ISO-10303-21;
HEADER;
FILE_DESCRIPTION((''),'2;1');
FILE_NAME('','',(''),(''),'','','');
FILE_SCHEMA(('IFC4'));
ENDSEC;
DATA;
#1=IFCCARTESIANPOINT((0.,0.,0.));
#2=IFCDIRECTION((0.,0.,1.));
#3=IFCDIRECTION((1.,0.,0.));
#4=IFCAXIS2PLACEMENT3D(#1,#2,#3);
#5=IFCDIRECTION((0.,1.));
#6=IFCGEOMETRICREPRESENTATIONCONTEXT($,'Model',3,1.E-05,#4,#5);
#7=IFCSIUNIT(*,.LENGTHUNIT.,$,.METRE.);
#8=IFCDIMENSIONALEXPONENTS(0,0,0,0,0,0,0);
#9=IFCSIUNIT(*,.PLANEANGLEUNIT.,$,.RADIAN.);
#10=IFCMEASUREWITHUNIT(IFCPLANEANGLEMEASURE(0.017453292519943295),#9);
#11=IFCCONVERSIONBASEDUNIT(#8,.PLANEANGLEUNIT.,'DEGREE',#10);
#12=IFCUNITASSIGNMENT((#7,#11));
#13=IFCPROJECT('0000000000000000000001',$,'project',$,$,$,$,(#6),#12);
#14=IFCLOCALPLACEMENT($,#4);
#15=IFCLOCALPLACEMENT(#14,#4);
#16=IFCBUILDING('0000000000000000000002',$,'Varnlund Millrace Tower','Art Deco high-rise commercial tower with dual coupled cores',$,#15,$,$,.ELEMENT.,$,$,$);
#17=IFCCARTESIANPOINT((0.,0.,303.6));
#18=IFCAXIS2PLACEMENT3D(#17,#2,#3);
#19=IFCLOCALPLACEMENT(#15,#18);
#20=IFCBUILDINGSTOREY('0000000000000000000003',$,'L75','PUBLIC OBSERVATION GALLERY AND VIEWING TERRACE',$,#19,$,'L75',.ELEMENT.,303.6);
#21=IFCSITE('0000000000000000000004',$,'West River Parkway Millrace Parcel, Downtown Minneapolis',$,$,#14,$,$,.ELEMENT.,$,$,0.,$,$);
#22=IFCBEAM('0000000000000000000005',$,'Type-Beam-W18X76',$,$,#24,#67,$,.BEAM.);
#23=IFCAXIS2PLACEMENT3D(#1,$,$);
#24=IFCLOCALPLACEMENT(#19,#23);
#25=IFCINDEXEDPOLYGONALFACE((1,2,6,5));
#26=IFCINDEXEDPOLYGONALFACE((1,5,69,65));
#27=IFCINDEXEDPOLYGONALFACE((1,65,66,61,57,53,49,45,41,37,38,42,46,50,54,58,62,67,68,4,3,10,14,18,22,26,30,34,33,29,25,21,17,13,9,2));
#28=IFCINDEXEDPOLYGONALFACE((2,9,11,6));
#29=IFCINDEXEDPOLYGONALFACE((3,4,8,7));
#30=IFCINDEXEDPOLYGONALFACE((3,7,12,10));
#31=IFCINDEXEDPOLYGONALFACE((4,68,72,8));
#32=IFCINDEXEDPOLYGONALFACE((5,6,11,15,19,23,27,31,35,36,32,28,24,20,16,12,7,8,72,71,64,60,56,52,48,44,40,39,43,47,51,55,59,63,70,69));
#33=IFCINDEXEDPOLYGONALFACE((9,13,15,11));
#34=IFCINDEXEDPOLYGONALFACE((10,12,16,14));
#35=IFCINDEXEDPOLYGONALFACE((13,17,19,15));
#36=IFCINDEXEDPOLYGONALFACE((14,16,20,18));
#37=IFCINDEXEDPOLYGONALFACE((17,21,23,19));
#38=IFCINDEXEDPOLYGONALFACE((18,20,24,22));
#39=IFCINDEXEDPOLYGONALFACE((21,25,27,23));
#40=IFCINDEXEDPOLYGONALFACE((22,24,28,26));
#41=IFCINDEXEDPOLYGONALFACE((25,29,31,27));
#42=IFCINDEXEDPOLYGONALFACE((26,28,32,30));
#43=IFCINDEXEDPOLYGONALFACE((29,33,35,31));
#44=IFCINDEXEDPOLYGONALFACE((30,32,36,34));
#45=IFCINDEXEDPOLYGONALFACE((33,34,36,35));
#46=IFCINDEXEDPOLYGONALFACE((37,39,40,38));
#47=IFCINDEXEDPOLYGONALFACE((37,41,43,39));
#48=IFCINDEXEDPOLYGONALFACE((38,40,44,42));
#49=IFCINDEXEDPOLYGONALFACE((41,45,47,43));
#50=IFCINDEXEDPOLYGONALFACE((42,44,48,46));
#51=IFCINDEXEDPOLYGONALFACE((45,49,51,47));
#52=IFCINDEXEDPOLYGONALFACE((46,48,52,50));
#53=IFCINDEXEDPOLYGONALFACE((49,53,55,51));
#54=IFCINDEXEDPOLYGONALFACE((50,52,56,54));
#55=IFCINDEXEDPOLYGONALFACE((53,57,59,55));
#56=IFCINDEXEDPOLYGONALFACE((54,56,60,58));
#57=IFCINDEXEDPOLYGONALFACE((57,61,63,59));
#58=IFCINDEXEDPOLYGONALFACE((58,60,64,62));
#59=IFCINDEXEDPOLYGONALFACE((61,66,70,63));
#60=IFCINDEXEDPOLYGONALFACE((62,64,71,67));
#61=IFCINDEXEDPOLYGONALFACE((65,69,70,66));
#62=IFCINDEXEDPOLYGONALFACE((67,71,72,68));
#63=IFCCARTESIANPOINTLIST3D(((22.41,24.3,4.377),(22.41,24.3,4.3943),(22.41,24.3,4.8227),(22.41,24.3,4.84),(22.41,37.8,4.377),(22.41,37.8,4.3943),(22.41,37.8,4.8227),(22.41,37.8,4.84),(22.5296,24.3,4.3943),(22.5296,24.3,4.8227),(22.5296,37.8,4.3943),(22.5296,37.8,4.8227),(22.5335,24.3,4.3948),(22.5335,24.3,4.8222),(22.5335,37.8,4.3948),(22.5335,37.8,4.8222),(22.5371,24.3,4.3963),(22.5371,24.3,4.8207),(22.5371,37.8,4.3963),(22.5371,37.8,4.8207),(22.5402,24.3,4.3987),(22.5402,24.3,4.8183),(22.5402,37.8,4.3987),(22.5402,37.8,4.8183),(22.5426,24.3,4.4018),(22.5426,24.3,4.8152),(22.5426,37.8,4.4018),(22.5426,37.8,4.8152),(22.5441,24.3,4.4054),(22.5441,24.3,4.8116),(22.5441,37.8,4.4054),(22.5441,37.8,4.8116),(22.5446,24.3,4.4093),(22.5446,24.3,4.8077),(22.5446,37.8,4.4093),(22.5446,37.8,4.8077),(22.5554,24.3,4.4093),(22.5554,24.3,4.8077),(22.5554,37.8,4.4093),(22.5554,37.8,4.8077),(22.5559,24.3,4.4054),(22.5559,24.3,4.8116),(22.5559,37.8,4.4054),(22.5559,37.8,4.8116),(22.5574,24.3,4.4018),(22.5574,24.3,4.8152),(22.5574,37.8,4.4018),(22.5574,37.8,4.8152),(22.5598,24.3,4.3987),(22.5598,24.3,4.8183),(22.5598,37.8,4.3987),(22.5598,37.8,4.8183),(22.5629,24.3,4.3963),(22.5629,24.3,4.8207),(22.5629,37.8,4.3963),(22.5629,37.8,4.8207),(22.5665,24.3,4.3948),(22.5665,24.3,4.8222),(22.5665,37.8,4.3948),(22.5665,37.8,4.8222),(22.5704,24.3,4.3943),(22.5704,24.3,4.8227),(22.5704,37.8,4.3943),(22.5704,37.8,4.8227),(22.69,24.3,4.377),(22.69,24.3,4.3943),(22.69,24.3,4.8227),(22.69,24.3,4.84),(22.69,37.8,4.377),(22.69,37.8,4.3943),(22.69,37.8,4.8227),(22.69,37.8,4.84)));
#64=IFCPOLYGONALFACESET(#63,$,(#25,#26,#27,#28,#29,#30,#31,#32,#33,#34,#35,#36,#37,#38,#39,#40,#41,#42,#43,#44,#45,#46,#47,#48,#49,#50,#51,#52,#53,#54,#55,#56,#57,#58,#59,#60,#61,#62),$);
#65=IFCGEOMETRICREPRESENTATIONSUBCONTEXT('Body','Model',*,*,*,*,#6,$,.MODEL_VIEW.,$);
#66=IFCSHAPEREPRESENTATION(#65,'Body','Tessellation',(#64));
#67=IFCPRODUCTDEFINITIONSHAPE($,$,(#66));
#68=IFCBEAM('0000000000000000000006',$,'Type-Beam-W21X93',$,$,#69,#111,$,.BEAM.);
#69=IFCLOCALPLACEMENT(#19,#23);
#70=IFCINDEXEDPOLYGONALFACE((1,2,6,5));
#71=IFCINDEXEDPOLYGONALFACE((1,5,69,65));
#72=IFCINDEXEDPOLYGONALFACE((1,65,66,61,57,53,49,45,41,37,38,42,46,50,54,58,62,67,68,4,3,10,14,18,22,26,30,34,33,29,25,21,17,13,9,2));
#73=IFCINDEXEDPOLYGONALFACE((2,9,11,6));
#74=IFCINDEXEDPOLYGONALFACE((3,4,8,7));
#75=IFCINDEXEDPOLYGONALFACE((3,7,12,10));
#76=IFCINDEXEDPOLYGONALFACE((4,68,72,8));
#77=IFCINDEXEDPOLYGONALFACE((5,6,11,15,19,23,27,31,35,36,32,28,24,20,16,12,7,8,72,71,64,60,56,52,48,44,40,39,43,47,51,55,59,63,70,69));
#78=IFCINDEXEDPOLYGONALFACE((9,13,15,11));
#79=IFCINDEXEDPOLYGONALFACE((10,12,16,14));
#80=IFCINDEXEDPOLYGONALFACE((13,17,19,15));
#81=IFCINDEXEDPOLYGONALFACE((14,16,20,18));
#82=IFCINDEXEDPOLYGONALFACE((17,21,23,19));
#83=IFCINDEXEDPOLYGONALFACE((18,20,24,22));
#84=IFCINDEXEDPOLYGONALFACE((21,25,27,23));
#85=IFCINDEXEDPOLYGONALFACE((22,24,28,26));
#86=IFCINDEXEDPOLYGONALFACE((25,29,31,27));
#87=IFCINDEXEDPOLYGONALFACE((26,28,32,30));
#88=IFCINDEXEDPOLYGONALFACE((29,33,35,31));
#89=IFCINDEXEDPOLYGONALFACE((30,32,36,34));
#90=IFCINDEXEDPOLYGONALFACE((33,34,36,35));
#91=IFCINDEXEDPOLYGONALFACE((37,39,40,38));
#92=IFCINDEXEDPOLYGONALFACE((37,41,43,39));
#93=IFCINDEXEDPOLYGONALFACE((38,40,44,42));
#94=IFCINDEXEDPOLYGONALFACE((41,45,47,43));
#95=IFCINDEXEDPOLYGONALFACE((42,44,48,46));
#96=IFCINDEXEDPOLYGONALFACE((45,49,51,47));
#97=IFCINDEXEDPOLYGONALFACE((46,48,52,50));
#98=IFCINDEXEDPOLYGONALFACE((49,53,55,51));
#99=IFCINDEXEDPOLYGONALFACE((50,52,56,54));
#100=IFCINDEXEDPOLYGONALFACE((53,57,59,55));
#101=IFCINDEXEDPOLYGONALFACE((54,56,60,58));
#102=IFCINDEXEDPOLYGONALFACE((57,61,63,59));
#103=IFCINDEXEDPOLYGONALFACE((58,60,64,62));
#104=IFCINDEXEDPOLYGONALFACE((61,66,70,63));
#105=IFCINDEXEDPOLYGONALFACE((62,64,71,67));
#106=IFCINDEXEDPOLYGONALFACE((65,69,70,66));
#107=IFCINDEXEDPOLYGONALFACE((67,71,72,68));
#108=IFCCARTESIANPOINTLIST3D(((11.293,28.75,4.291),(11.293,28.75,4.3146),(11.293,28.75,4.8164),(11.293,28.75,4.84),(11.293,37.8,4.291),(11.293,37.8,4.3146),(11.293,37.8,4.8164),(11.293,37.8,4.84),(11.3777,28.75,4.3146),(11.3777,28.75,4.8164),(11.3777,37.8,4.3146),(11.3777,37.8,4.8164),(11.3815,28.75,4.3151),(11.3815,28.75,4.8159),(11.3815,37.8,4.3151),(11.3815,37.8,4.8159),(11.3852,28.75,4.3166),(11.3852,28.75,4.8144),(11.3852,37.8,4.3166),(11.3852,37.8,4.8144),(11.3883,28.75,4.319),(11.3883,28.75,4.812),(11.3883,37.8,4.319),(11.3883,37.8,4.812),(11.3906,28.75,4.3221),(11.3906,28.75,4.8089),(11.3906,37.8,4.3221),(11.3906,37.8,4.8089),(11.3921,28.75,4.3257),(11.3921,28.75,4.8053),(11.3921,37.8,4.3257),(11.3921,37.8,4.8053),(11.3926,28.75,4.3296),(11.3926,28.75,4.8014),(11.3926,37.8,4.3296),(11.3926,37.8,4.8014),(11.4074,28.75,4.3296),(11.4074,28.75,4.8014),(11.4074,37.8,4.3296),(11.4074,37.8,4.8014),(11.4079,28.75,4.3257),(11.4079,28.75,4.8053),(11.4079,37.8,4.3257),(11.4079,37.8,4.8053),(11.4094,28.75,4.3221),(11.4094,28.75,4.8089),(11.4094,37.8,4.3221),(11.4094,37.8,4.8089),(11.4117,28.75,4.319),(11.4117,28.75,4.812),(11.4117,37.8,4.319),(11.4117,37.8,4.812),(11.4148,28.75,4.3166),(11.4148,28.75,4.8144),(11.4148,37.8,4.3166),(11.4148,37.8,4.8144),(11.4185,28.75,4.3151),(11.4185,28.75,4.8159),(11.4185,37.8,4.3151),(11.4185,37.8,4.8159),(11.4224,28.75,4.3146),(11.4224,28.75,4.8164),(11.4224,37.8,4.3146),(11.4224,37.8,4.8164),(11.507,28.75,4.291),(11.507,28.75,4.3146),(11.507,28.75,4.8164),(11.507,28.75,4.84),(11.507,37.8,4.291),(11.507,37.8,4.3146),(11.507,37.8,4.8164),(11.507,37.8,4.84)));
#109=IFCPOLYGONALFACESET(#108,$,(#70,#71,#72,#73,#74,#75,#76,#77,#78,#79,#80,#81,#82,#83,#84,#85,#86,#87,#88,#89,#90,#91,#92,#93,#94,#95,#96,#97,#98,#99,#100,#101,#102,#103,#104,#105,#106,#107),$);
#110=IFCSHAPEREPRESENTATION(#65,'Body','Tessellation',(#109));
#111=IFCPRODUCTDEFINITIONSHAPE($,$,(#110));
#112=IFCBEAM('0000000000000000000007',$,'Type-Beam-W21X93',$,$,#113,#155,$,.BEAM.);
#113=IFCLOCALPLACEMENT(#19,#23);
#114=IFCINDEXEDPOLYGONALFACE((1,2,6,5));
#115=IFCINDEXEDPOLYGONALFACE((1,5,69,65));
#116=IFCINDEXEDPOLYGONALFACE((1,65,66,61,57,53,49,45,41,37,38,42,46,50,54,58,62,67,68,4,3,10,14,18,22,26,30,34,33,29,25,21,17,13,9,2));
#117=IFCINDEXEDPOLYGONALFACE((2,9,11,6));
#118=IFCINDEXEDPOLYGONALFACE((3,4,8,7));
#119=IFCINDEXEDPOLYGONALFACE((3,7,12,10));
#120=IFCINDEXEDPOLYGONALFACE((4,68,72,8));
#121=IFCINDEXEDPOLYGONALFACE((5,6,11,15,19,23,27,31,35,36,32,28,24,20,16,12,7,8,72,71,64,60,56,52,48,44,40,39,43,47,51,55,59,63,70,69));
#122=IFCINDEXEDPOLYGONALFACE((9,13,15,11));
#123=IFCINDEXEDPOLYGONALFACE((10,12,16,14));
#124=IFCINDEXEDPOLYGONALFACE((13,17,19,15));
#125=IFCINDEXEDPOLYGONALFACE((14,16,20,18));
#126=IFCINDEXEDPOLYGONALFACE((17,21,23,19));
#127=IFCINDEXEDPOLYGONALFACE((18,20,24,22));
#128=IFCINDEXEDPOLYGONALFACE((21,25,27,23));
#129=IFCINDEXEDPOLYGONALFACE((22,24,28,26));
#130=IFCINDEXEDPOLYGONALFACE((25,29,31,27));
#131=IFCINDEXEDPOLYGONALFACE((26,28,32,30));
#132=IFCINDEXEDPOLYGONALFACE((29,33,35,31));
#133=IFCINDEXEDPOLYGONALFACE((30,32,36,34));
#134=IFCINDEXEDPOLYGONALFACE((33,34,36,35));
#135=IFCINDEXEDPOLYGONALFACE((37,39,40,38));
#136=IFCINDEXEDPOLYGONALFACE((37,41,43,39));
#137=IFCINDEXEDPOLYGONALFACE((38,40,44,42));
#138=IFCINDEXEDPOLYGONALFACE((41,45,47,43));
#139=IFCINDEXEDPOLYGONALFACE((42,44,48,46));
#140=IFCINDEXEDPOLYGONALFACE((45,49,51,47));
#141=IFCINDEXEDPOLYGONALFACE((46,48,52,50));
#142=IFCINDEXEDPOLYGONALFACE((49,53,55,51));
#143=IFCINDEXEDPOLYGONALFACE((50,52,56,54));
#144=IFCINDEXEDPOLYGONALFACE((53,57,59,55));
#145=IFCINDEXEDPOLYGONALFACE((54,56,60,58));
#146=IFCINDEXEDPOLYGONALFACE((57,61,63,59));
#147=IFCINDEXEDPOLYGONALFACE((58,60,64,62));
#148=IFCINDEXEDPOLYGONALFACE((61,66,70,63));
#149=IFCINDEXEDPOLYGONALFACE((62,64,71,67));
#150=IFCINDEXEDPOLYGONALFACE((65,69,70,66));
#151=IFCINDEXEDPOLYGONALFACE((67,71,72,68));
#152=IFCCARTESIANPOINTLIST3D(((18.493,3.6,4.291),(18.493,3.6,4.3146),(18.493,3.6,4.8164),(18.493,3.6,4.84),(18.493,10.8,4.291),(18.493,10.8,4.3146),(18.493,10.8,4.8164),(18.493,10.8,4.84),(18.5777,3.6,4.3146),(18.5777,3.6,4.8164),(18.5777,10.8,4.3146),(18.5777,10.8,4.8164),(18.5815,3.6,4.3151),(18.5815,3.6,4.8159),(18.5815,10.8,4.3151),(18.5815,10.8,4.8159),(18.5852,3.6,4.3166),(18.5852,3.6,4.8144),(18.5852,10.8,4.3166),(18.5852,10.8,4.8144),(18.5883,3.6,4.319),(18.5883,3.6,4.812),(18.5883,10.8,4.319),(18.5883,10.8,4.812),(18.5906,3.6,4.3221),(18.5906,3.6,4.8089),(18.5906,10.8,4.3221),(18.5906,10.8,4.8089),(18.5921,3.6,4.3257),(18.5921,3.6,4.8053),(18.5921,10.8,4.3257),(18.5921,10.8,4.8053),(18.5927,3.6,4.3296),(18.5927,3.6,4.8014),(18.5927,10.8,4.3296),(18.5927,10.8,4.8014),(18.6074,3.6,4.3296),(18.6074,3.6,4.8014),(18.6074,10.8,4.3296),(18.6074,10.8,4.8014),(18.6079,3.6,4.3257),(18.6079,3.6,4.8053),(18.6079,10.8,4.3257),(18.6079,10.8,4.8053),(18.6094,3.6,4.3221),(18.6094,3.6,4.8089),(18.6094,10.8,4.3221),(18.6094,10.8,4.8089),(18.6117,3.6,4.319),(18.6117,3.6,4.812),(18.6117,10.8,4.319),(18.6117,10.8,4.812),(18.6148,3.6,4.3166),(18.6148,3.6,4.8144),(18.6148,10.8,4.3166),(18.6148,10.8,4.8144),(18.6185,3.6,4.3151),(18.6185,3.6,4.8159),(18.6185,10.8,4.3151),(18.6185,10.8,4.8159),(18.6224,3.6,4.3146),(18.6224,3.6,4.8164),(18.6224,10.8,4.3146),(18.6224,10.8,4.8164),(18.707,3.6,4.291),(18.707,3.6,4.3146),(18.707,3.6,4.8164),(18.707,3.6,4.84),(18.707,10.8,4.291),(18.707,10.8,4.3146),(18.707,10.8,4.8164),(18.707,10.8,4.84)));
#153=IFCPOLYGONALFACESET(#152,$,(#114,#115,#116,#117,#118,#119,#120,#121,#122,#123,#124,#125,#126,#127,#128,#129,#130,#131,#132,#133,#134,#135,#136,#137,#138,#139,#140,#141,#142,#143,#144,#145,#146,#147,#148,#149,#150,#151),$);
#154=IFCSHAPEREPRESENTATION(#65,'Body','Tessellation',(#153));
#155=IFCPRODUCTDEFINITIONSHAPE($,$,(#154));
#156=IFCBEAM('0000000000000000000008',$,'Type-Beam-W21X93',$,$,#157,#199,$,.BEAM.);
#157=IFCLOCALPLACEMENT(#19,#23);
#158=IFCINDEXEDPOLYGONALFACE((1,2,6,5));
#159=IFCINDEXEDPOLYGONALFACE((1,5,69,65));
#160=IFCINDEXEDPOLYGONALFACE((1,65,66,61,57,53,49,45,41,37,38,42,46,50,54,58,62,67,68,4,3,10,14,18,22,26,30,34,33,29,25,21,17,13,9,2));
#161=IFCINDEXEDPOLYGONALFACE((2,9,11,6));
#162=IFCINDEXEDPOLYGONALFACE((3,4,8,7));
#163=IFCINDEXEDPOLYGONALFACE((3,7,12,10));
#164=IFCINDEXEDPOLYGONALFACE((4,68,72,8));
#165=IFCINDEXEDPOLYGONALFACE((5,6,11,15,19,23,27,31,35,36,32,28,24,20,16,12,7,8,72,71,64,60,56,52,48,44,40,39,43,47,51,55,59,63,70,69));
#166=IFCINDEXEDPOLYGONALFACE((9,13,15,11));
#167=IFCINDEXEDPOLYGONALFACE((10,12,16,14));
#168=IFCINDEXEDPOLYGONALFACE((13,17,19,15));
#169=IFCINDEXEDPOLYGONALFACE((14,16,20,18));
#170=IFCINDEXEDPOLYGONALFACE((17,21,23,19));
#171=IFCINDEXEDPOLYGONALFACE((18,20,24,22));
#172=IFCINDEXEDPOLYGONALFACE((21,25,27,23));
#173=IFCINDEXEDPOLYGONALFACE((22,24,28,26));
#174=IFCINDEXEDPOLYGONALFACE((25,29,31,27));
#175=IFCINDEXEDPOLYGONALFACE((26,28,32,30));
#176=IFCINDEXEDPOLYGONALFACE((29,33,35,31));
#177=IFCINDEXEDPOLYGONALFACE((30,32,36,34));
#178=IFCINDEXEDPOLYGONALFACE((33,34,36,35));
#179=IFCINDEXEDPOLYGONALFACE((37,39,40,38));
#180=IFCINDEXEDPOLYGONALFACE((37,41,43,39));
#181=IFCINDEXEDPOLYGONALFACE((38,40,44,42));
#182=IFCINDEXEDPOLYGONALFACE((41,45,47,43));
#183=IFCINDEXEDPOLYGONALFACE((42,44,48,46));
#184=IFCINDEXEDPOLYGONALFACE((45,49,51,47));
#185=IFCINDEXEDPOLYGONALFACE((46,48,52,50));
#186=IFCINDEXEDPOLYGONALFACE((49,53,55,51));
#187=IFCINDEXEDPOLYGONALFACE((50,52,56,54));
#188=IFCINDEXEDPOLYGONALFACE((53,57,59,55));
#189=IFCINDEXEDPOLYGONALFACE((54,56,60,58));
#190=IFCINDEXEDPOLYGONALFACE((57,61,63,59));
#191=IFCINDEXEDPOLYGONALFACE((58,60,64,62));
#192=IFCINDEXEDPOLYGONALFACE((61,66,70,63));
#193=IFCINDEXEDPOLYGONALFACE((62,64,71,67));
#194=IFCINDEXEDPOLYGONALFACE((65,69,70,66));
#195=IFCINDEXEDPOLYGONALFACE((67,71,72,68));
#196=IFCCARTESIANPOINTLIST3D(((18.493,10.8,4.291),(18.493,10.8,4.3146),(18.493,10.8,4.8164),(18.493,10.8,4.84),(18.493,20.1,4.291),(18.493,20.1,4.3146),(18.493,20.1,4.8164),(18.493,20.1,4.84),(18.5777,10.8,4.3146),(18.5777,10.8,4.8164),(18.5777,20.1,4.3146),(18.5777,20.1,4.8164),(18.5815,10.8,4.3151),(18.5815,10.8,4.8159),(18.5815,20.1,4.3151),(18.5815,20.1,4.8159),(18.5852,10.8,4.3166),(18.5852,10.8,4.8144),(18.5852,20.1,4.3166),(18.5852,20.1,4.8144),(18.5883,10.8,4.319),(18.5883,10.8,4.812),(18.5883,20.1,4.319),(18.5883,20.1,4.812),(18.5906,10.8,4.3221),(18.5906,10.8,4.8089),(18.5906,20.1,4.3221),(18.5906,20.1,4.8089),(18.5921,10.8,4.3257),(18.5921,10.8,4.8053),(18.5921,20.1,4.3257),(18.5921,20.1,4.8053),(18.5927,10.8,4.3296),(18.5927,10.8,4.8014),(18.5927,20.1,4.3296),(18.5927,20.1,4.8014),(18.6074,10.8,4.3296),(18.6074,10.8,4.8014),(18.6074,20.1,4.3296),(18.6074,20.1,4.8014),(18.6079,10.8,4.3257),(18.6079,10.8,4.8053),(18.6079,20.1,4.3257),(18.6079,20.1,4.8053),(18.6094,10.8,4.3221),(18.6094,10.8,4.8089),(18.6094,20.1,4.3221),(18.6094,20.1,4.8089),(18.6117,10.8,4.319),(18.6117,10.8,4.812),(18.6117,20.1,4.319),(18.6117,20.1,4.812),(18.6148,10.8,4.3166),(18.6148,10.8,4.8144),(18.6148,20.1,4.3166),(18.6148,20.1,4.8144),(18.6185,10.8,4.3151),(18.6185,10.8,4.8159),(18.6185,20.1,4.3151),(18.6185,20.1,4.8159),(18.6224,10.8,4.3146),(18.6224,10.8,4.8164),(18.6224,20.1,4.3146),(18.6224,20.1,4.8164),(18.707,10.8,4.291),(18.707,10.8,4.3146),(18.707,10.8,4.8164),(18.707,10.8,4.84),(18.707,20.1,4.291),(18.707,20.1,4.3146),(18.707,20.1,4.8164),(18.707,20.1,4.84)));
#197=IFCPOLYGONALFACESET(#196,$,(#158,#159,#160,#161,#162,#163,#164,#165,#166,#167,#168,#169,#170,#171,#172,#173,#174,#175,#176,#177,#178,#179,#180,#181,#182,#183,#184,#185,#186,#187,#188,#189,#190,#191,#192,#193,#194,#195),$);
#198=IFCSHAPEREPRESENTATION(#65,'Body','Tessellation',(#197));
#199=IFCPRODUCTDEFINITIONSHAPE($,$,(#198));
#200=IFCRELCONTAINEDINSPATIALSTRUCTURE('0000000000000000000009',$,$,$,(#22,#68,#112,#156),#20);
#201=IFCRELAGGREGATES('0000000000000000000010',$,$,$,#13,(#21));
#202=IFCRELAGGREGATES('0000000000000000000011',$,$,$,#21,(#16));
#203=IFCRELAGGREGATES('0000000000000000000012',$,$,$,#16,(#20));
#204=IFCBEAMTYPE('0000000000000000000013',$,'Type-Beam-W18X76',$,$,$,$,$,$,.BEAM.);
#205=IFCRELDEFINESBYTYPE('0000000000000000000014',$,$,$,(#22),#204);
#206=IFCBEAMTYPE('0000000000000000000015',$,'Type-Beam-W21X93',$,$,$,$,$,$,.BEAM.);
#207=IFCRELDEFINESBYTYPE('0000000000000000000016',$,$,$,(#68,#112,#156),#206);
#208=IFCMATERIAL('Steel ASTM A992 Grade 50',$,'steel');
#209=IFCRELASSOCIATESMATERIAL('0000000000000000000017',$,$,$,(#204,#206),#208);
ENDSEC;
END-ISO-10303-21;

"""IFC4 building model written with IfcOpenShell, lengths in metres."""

from ifc_helpers import new_model, entity, si_unit, converted_unit, direction, frame, origin_with_axes, origin_2d_with_axis, place, context, subcontext, project, spatial, i_section, extrude, material, material_profile, profile_set, type_object, element, save


model = new_model("IFC4")

# Units and contexts
model_context = context("Model", 3, precision=1e-05, world=origin_with_axes(), true_north=direction((0.0, 1.0)))
body_context = subcontext(model_context, "Body", "Model", "MODEL_VIEW")
ifc_project = project(units=[si_unit("LENGTHUNIT", "METRE"), converted_unit("PLANEANGLEUNIT", "DEGREE", entity("IfcPlaneAngleMeasure", 0.017453292519943295), si_unit("PLANEANGLEUNIT", "RADIAN"), dimensions=[0, 0, 0, 0, 0, 0, 0])], contexts=[model_context])

# Site, building, storey
site_placement = place(None, origin_with_axes())
site = spatial("IfcSite", under=ifc_project, at=site_placement, Name="West River Parkway Millrace Parcel, Downtown Minneapolis", CompositionType="ELEMENT", RefElevation=0.0)
building_placement = place(site_placement, origin_with_axes())
building = spatial("IfcBuilding", under=site, at=building_placement, Name="Varnlund Millrace Tower", Description="Art Deco high-rise commercial tower with dual coupled cores", CompositionType="ELEMENT")
storey_placement = place(building_placement, frame((0.0, 0.0, 303.6), z_axis=(0.0, 0.0, 1.0), x_axis=(1.0, 0.0, 0.0)))
storey = spatial("IfcBuildingStorey", under=building, at=storey_placement, Name="L75", Description="PUBLIC OBSERVATION GALLERY AND VIEWING TERRACE", LongName="L75", CompositionType="ELEMENT", Elevation=303.6)

# Beams
ifc_material_1 = material(Name="Steel ASTM A992 Grade 50", Category="steel")
ifc_material_profile_1 = material_profile(ifc_material_1, i_section(OverallWidth=0.28, OverallDepth=0.463, WebThickness=0.0108, FlangeThickness=0.0173, FilletRadius=0.015, at=origin_2d_with_axis()), Name="Steel ASTM A992 Grade 50")
ifc_profile_set_1 = profile_set([ifc_material_profile_1], Name="Steel ASTM A992 Grade 50")
beam_type_1 = type_object("IfcBeamType", Name="Type-Beam-W18X76", PredefinedType="BEAM", material=ifc_profile_set_1)
beam_1_placement = place(storey_placement, frame((22.55, 24.3, 4.6085), z_axis=(0.0, 1.0, 0.0), x_axis=(-1.0, 0.0, 0.0)))
element("IfcBeam", 1, at=beam_1_placement, inside=storey, type_object=beam_type_1, Name="Type-Beam-W18X76", PredefinedType="BEAM", context=body_context, shape_type="SweptSolid", body=[
    extrude(i_section(OverallWidth=0.28, OverallDepth=0.463, WebThickness=0.0108, FlangeThickness=0.0173, FilletRadius=0.015, at=origin_2d_with_axis()), origin_with_axes(), (0.0, 0.0, 1.0), 13.5),
])
ifc_material_profile_2 = material_profile(ifc_material_1, i_section(OverallWidth=0.214, OverallDepth=0.549, WebThickness=0.0147, FlangeThickness=0.0236, FilletRadius=0.015, at=origin_2d_with_axis()), Name="Steel ASTM A992 Grade 50")
ifc_profile_set_2 = profile_set([ifc_material_profile_2], Name="Steel ASTM A992 Grade 50")
beam_type_2 = type_object("IfcBeamType", Name="Type-Beam-W21X93", PredefinedType="BEAM", material=ifc_profile_set_2)
beam_2_placement = place(storey_placement, frame((11.4, 28.75, 4.5655), z_axis=(0.0, 1.0, 0.0), x_axis=(-1.0, 0.0, 0.0)))
element("IfcBeam", 2, at=beam_2_placement, inside=storey, type_object=beam_type_2, Name="Type-Beam-W21X93", PredefinedType="BEAM", context=body_context, shape_type="SweptSolid", body=[
    extrude(i_section(OverallWidth=0.214, OverallDepth=0.549, WebThickness=0.0147, FlangeThickness=0.0236, FilletRadius=0.015, at=origin_2d_with_axis()), origin_with_axes(), (0.0, 0.0, 1.0), 9.05),
])
beam_3_placement = place(storey_placement, frame((18.6, 3.6, 4.5655), z_axis=(0.0, 1.0, 0.0), x_axis=(-1.0, 0.0, 0.0)))
element("IfcBeam", 3, at=beam_3_placement, inside=storey, type_object=beam_type_2, Name="Type-Beam-W21X93", PredefinedType="BEAM", context=body_context, shape_type="SweptSolid", body=[
    extrude(i_section(OverallWidth=0.214, OverallDepth=0.549, WebThickness=0.0147, FlangeThickness=0.0236, FilletRadius=0.015, at=origin_2d_with_axis()), origin_with_axes(), (0.0, 0.0, 1.0), 7.2),
])
beam_4_placement = place(storey_placement, frame((18.6, 10.8, 4.5655), z_axis=(0.0, 1.0, 0.0), x_axis=(-1.0, 0.0, 0.0)))
element("IfcBeam", 4, at=beam_4_placement, inside=storey, type_object=beam_type_2, Name="Type-Beam-W21X93", PredefinedType="BEAM", context=body_context, shape_type="SweptSolid", body=[
    extrude(i_section(OverallWidth=0.214, OverallDepth=0.549, WebThickness=0.0147, FlangeThickness=0.0236, FilletRadius=0.015, at=origin_2d_with_axis()), origin_with_axes(), (0.0, 0.0, 1.0), 9.3),
])

save(model, "model.ifc")
